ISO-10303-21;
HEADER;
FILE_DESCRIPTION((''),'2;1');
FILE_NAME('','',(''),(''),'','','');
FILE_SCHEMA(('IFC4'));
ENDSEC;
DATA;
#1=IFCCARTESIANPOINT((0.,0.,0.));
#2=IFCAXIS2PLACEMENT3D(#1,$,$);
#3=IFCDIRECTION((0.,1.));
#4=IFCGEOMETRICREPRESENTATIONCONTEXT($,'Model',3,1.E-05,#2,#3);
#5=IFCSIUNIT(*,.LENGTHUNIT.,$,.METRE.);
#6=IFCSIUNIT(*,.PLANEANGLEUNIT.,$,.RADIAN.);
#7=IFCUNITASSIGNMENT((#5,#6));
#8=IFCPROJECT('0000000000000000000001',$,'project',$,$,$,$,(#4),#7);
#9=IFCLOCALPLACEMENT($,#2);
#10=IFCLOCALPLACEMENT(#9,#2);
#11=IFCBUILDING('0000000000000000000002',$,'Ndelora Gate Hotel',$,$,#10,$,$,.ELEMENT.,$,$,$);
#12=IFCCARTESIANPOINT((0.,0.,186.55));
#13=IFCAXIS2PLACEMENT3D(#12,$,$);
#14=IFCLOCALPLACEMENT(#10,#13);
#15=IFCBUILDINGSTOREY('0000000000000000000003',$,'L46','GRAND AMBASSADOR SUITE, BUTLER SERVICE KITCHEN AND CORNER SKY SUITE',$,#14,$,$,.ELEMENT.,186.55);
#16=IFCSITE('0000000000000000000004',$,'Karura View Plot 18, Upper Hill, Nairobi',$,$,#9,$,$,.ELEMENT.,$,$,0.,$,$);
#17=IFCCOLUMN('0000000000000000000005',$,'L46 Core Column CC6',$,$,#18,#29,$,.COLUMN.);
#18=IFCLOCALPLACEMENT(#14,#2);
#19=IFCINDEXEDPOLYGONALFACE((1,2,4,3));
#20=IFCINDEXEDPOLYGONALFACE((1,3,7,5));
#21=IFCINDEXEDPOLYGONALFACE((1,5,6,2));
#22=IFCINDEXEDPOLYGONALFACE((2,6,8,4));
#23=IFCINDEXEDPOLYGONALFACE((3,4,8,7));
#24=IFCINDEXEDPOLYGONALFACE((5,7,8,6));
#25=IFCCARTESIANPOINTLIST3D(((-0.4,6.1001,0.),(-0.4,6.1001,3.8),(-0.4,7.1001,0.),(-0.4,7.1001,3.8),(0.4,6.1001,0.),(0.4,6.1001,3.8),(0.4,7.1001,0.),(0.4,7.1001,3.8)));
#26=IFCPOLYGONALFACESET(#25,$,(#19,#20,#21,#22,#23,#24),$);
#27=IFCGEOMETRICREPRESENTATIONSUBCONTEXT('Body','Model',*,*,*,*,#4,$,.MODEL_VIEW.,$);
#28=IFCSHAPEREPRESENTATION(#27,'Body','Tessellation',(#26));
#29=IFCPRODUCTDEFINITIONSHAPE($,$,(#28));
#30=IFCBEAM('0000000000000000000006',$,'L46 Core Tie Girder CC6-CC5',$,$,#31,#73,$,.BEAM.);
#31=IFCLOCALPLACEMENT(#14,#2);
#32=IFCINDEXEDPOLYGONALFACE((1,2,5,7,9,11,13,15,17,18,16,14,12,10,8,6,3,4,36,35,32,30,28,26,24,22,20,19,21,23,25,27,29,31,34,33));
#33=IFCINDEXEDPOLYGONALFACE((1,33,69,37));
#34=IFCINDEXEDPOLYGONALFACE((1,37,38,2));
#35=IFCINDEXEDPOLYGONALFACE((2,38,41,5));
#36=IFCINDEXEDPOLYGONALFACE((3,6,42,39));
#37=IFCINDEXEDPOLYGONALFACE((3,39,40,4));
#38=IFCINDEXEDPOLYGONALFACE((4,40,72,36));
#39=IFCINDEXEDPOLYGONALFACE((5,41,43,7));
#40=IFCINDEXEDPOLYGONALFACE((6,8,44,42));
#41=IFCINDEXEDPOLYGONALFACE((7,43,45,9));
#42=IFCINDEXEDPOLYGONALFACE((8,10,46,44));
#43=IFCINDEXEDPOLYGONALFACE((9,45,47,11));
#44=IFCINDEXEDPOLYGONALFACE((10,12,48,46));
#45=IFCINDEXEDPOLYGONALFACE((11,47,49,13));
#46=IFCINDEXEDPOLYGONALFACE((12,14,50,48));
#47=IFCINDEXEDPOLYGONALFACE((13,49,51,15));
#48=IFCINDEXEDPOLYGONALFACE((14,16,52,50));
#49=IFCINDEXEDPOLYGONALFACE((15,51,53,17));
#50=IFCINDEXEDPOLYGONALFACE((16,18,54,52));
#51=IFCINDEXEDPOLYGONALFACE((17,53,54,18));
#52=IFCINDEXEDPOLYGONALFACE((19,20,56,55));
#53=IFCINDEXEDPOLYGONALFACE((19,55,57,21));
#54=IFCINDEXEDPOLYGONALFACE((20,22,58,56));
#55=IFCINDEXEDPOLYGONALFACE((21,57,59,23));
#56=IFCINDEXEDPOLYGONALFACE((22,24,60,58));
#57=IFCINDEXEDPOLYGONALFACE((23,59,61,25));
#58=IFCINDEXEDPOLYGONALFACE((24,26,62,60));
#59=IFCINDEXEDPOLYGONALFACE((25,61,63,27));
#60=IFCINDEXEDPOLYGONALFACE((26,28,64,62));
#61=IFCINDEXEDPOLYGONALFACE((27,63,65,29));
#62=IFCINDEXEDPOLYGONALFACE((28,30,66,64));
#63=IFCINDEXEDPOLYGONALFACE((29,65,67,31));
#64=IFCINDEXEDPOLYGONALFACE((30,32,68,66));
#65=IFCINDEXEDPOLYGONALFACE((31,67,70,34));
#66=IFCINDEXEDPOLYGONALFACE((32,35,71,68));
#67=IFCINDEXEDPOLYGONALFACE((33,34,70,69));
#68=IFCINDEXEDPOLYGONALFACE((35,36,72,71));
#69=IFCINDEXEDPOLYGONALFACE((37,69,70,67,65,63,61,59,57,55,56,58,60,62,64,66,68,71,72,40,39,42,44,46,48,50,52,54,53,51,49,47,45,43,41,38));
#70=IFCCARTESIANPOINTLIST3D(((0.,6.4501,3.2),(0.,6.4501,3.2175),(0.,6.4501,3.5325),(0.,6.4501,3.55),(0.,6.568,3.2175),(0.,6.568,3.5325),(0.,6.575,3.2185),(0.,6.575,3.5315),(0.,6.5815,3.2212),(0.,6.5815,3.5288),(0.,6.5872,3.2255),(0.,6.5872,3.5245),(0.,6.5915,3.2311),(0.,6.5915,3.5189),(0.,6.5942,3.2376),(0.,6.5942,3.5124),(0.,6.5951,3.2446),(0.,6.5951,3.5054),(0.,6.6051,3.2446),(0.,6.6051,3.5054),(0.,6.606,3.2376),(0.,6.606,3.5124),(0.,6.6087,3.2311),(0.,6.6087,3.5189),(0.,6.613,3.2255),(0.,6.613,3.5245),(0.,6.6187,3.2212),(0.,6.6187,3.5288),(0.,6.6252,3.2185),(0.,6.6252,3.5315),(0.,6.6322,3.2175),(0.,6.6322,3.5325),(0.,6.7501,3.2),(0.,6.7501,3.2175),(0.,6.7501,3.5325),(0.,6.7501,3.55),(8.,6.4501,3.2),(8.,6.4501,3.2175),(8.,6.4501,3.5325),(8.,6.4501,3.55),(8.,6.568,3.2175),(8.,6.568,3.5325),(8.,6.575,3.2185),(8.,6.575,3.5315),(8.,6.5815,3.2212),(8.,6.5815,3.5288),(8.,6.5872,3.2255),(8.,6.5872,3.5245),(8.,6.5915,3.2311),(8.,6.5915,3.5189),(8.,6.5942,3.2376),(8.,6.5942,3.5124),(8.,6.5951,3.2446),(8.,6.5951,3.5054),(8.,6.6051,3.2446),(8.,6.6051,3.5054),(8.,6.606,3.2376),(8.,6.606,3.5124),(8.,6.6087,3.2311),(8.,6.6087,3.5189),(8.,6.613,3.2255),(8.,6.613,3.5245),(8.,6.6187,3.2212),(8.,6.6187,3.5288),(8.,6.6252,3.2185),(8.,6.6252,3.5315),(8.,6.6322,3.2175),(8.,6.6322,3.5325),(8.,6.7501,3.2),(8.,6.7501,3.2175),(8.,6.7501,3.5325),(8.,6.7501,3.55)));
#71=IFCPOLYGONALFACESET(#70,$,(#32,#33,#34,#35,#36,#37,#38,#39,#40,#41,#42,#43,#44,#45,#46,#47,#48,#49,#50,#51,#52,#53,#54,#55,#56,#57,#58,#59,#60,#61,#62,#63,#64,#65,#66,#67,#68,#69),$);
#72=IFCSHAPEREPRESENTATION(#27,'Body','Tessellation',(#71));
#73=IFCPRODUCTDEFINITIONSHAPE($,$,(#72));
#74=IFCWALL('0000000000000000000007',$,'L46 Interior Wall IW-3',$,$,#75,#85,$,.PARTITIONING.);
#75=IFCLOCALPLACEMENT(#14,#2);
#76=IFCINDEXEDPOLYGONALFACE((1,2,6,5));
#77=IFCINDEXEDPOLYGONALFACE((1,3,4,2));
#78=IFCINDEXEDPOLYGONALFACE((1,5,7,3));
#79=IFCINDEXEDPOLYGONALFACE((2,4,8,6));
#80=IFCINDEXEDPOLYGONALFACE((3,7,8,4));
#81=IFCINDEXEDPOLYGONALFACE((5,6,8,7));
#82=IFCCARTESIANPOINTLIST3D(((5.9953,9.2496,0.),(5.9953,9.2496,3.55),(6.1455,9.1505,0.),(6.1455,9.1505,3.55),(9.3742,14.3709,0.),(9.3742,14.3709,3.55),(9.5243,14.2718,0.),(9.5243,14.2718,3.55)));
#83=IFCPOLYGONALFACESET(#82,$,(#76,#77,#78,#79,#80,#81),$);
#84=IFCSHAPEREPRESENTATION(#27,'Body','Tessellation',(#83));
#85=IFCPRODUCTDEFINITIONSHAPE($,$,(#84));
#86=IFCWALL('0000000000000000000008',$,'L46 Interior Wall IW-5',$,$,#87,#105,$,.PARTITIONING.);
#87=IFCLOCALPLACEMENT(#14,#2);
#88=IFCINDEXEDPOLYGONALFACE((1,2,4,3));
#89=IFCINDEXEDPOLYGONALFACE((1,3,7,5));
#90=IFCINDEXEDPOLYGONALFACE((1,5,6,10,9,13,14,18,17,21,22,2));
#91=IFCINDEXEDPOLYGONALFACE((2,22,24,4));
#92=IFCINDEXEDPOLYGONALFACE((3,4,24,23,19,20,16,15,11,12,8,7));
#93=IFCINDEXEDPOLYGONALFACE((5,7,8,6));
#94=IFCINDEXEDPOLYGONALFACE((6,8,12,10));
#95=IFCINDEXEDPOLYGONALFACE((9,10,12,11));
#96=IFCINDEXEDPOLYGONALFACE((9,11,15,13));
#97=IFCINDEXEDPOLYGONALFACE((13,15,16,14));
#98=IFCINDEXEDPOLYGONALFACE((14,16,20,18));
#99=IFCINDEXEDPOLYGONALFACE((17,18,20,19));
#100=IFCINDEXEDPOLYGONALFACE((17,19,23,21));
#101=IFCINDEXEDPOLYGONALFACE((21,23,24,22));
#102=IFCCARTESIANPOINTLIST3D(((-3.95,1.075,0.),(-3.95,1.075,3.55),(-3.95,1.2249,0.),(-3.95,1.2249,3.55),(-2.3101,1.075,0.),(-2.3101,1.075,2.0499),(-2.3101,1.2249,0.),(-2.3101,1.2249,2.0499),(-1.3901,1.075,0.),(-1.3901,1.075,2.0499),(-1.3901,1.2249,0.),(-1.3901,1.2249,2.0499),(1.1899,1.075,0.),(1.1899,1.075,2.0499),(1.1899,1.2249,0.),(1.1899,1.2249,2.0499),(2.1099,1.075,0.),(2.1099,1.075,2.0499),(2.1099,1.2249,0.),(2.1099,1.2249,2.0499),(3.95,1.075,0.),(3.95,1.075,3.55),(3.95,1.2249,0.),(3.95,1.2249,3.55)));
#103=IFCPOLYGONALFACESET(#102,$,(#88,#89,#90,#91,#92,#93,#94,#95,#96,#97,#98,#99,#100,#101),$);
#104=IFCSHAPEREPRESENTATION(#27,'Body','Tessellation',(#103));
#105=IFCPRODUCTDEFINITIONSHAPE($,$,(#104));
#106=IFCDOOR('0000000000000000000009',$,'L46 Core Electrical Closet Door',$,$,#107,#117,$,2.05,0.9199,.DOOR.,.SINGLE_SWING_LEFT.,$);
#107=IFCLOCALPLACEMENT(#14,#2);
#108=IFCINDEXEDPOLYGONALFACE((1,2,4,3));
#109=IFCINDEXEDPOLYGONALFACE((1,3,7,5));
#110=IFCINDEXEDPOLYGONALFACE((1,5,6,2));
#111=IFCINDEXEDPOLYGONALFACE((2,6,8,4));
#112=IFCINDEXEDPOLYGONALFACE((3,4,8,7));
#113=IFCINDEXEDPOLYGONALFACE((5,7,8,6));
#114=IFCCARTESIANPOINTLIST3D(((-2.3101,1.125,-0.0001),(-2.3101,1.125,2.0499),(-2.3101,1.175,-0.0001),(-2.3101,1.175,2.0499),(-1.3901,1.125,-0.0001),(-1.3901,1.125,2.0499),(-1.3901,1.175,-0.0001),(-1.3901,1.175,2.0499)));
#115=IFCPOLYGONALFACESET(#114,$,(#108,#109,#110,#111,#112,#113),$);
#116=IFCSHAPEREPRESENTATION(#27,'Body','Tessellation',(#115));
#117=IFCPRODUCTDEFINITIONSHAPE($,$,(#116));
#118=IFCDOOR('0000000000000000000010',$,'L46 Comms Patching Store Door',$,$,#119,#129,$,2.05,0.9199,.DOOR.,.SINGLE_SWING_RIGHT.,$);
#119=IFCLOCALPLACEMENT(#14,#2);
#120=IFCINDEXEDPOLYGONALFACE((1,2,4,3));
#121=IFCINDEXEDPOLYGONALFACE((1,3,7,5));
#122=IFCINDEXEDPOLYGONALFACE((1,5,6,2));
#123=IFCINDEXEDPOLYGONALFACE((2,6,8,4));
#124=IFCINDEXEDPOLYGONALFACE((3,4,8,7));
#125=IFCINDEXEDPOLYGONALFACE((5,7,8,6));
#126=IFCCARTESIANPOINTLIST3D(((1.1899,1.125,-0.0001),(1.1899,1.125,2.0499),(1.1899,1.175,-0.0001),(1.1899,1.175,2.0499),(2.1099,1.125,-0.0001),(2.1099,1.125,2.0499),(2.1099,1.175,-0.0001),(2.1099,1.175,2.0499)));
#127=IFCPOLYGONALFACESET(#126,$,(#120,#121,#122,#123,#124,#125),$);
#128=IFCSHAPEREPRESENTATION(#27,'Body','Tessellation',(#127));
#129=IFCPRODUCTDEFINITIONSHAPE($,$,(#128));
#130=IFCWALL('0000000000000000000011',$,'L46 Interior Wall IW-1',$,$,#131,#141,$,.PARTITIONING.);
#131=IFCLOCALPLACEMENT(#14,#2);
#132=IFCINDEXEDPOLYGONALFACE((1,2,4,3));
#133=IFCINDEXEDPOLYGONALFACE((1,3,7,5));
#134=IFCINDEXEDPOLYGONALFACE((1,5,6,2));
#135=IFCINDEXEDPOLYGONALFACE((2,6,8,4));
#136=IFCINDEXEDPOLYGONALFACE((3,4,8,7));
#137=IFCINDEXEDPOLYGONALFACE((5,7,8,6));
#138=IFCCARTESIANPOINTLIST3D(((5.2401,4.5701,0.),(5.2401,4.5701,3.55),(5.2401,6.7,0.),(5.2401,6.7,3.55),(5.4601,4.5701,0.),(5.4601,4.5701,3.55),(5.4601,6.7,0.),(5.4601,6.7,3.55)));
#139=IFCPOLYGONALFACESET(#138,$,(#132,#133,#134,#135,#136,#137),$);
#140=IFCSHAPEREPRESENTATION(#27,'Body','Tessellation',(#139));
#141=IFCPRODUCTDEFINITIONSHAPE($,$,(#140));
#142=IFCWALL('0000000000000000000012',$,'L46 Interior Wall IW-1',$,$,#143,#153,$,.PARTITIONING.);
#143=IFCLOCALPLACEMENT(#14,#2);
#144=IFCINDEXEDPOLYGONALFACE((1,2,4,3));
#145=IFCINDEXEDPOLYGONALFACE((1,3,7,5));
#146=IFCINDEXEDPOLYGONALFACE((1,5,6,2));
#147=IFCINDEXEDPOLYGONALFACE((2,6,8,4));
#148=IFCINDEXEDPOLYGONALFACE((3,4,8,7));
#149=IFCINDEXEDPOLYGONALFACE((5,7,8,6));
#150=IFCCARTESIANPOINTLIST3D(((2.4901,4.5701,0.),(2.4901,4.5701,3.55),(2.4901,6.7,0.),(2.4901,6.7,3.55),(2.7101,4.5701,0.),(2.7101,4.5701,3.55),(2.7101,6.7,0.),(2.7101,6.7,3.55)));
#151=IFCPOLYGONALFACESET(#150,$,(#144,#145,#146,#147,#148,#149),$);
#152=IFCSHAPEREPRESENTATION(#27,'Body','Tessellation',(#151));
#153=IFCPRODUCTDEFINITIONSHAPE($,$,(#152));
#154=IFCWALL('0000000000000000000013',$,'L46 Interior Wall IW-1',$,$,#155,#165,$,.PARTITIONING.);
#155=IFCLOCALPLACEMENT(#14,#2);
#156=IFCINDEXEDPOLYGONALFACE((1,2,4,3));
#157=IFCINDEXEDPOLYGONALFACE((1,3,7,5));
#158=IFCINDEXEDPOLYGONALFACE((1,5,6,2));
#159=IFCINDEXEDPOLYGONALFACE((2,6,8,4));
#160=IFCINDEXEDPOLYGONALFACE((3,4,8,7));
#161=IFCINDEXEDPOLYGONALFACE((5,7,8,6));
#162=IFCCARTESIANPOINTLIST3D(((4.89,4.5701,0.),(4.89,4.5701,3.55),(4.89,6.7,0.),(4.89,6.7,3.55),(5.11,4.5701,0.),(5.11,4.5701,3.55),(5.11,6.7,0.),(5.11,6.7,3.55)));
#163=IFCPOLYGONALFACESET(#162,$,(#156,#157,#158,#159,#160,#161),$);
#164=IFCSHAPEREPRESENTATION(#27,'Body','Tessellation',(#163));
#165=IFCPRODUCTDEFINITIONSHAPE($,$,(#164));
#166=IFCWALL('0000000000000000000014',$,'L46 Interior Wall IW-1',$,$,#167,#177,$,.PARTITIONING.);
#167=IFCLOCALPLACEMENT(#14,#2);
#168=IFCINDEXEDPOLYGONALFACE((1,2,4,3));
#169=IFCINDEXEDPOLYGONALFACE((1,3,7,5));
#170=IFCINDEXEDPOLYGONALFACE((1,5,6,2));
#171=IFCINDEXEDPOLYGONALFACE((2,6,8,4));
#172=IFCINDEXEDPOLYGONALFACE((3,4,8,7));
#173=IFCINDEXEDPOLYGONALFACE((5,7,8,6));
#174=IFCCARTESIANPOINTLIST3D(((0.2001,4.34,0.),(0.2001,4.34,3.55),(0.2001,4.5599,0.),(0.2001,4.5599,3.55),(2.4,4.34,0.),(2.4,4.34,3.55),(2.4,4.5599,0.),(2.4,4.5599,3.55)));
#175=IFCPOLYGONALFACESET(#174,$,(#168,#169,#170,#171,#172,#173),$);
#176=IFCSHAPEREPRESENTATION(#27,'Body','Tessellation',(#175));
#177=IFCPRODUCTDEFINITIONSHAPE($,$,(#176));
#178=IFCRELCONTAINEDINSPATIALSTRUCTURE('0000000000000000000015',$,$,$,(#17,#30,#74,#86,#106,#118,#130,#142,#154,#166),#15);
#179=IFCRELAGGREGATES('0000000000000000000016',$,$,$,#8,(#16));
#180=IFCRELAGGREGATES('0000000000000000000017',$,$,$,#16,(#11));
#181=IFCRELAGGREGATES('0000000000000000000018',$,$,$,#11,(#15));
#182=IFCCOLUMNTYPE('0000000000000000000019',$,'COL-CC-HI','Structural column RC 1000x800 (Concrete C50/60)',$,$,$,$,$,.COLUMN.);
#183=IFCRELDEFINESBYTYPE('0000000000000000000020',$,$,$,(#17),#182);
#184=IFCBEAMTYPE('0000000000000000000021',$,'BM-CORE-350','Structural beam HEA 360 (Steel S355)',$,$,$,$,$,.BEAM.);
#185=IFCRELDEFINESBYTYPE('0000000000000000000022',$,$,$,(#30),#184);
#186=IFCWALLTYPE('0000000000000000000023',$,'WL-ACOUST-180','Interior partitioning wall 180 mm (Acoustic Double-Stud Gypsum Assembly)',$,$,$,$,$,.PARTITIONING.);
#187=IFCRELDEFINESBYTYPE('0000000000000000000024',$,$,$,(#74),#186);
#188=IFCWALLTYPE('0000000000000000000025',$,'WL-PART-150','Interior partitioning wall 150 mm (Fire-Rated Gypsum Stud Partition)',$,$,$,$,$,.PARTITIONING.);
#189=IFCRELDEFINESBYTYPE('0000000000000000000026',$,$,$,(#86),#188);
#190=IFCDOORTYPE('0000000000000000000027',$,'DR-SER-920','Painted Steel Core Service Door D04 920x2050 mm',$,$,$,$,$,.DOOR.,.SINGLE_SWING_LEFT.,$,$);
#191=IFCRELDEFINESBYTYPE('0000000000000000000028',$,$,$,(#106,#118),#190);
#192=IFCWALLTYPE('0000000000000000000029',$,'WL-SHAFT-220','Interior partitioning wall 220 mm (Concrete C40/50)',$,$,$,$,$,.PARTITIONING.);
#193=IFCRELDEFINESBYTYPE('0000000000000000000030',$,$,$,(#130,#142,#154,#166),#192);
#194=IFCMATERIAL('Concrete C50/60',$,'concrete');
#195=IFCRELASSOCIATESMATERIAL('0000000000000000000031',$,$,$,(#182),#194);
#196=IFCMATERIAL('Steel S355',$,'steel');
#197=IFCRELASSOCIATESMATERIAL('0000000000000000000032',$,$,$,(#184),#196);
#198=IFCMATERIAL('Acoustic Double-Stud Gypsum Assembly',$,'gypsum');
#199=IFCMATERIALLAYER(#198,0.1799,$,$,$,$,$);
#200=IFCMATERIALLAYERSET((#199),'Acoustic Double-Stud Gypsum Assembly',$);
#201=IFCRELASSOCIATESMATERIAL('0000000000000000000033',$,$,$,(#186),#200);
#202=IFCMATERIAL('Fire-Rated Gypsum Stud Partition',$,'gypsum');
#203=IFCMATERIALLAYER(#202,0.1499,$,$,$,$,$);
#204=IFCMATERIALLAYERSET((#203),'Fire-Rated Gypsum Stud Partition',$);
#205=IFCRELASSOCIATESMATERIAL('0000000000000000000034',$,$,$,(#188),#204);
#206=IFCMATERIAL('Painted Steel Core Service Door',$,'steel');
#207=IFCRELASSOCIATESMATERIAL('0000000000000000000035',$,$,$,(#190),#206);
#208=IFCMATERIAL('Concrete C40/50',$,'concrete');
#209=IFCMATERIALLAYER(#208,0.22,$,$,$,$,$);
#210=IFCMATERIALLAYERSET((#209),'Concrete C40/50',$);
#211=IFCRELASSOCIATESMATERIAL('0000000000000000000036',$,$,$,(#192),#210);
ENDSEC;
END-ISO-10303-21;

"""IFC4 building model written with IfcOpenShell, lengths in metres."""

from ifc_helpers import new_model, si_unit, direction, frame, frame_2d, origin, origin_2d, place, context, subcontext, project, spatial, rectangle, i_section, extrude, material, layer, layer_set, material_profile, profile_set, type_object, element, fill, save


model = new_model("IFC4")

# Units and contexts
model_context = context("Model", 3, precision=1e-05, world=origin(), true_north=direction((0.0, 1.0)))
body_context = subcontext(model_context, "Body", "Model", "MODEL_VIEW")
ifc_project = project(units=[si_unit("LENGTHUNIT", "METRE"), si_unit("PLANEANGLEUNIT", "RADIAN")], contexts=[model_context])

# Site, building, storey
site_placement = place(None, origin())
site = spatial("IfcSite", under=ifc_project, at=site_placement, Name="Karura View Plot 18, Upper Hill, Nairobi", CompositionType="ELEMENT", RefElevation=0.0)
building_placement = place(site_placement, origin())
building = spatial("IfcBuilding", under=site, at=building_placement, Name="Ndelora Gate Hotel", CompositionType="ELEMENT")
storey_placement = place(building_placement, frame((0.0, 0.0, 186.55)))
storey = spatial("IfcBuildingStorey", under=building, at=storey_placement, Name="L46", Description="GRAND AMBASSADOR SUITE, BUTLER SERVICE KITCHEN AND CORNER SKY SUITE", CompositionType="ELEMENT", Elevation=186.55)

# Column
ifc_material_1 = material(Name="Concrete C50/60", Category="concrete")
ifc_material_profile_1 = material_profile(ifc_material_1, rectangle(XDim=0.8, YDim=1.0, at=origin_2d()), Name="RC 1000x800")
ifc_profile_set_1 = profile_set([ifc_material_profile_1], Name="Concrete C50/60")
column_type = type_object("IfcColumnType", Name="COL-CC-HI", Description="Structural column RC 1000x800 (Concrete C50/60)", PredefinedType="COLUMN", material=ifc_profile_set_1)
column_placement = place(storey_placement, frame((0.0, 6.6001, 0.0), z_axis=(0.0, 0.0, 1.0), x_axis=(1.0, 0.0, 0.0)))
element("IfcColumn", 1, at=column_placement, inside=storey, type_object=column_type, Name="L46 Core Column CC6", PredefinedType="COLUMN", context=body_context, shape_type="SweptSolid", body=[
    extrude(rectangle(XDim=0.8, YDim=1.0, at=origin_2d()), origin(), (0.0, 0.0, 1.0), 3.8),
])

# Beam
ifc_material_2 = material(Name="Steel S355", Category="steel")
ifc_material_profile_2 = material_profile(ifc_material_2, i_section(OverallWidth=0.3, OverallDepth=0.3501, WebThickness=0.01, FlangeThickness=0.0176, FilletRadius=0.0271, at=origin_2d()), Name="HEA 360")
ifc_profile_set_2 = profile_set([ifc_material_profile_2], Name="Steel S355")
beam_type = type_object("IfcBeamType", Name="BM-CORE-350", Description="Structural beam HEA 360 (Steel S355)", PredefinedType="BEAM", material=ifc_profile_set_2)
beam_placement = place(storey_placement, frame((0.0, 6.6001, 3.375), z_axis=(1.0, 0.0, 0.0), x_axis=(0.0, 1.0, 0.0)))
element("IfcBeam", 2, at=beam_placement, inside=storey, type_object=beam_type, Name="L46 Core Tie Girder CC6-CC5", PredefinedType="BEAM", context=body_context, shape_type="SweptSolid", body=[
    extrude(i_section(OverallWidth=0.3, OverallDepth=0.3501, WebThickness=0.01, FlangeThickness=0.0176, FilletRadius=0.0271, at=origin_2d()), origin(), (0.0, 0.0, 1.0), 8.0),
])

# Wall
ifc_material_3 = material(Name="Acoustic Double-Stud Gypsum Assembly", Category="gypsum")
ifc_layer_1 = layer(ifc_material_3, 0.1799)
ifc_layer_set_1 = layer_set([ifc_layer_1], Name="Acoustic Double-Stud Gypsum Assembly")
wall_type_1 = type_object("IfcWallType", Name="WL-ACOUST-180", Description="Interior partitioning wall 180 mm (Acoustic Double-Stud Gypsum Assembly)", PredefinedType="PARTITIONING", material=ifc_layer_set_1)
wall_1_placement = place(storey_placement, frame((6.0703, 9.2, 0.0), z_axis=(0.0, 0.0, 1.0), x_axis=(0.550709, 0.834698, 0.0)))
element("IfcWall", 3, at=wall_1_placement, inside=storey, type_object=wall_type_1, Name="L46 Interior Wall IW-3", PredefinedType="PARTITIONING", context=body_context, shape_type="SweptSolid", body=[
    extrude(rectangle(XDim=6.1355, YDim=0.1799, at=frame_2d((3.0679, 0.0))), origin(), (0.0, 0.0, 1.0), 3.55),
])

# Shared definitions
ifc_material_4 = material(Name="Concrete C40/50", Category="concrete")

# Wall, openings, doors
ifc_material_5 = material(Name="Fire-Rated Gypsum Stud Partition", Category="gypsum")
ifc_layer_2 = layer(ifc_material_5, 0.1499)
ifc_layer_set_2 = layer_set([ifc_layer_2], Name="Fire-Rated Gypsum Stud Partition")
wall_type_2 = type_object("IfcWallType", Name="WL-PART-150", Description="Interior partitioning wall 150 mm (Fire-Rated Gypsum Stud Partition)", PredefinedType="PARTITIONING", material=ifc_layer_set_2)
wall_2_placement = place(storey_placement, frame((3.95, 1.1499, 0.0), z_axis=(0.0, 0.0, 1.0), x_axis=(-1.0, 0.0, 0.0)))
wall_2 = element("IfcWall", 4, at=wall_2_placement, inside=storey, type_object=wall_type_2, Name="L46 Interior Wall IW-5", PredefinedType="PARTITIONING", context=body_context, shape_type="SweptSolid", body=[
    extrude(rectangle(XDim=7.8999, YDim=0.1499, at=frame_2d((3.95, 0.0))), origin(), (0.0, 0.0, 1.0), 3.55),
])
opening_1_placement = place(wall_2_placement, frame((5.3401, 0.0, 0.0)))
opening_1 = element("IfcOpeningElement", 5, at=opening_1_placement, cuts=wall_2, PredefinedType="OPENING", context=body_context, shape_type="SweptSolid", body=[
    extrude(rectangle(XDim=0.9199, YDim=2.05, at=frame_2d((0.46, 1.0249))), frame((0.0, 0.085, 0.0), z_axis=(0.0, -1.0, 0.0), x_axis=(1.0, 0.0, 0.0)), (0.0, 0.0, 1.0), 0.1699),
])
opening_2_placement = place(wall_2_placement, frame((1.8401, 0.0, 0.0)))
opening_2 = element("IfcOpeningElement", 6, at=opening_2_placement, cuts=wall_2, PredefinedType="OPENING", context=body_context, shape_type="SweptSolid", body=[
    extrude(rectangle(XDim=0.9199, YDim=2.05, at=frame_2d((0.46, 1.0249))), frame((0.0, 0.085, 0.0), z_axis=(0.0, -1.0, 0.0), x_axis=(1.0, 0.0, 0.0)), (0.0, 0.0, 1.0), 0.1699),
])
ifc_material_6 = material(Name="Painted Steel Core Service Door", Category="steel")
door_type_1 = type_object("IfcDoorType", Name="DR-SER-920", Description="Painted Steel Core Service Door D04 920x2050 mm", OperationType="SINGLE_SWING_LEFT", PredefinedType="DOOR", material=ifc_material_6)
door_1_placement = place(opening_1_placement, origin())
door_1 = element("IfcDoor", 7, at=door_1_placement, inside=storey, type_object=door_type_1, Name="L46 Core Electrical Closet Door", OperationType="SINGLE_SWING_LEFT", OverallHeight=2.05, OverallWidth=0.9199, PredefinedType="DOOR", context=body_context, shape_type="SweptSolid", body=[
    extrude(rectangle(XDim=0.9199, YDim=2.05, at=frame_2d((0.46, 1.0249))), frame((0.0, 0.0249, 0.0), z_axis=(0.0, -1.0, 0.0), x_axis=(1.0, 0.0, 0.0)), (0.0, 0.0, 1.0), 0.05),
])
fill(opening_1, door_1)
door_2_placement = place(opening_2_placement, origin())
door_2 = element("IfcDoor", 8, at=door_2_placement, inside=storey, type_object=door_type_1, Name="L46 Comms Patching Store Door", OperationType="SINGLE_SWING_RIGHT", OverallHeight=2.05, OverallWidth=0.9199, PredefinedType="DOOR", context=body_context, shape_type="SweptSolid", body=[
    extrude(rectangle(XDim=0.9199, YDim=2.05, at=frame_2d((0.46, 1.0249))), frame((0.0, 0.0249, 0.0), z_axis=(0.0, -1.0, 0.0), x_axis=(1.0, 0.0, 0.0)), (0.0, 0.0, 1.0), 0.05),
])
fill(opening_2, door_2)

# Shared definitions
ifc_layer_3 = layer(ifc_material_4, 0.22)
ifc_layer_set_3 = layer_set([ifc_layer_3], Name="Concrete C40/50")
wall_type_3 = type_object("IfcWallType", Name="WL-SHAFT-220", Description="Interior partitioning wall 220 mm (Concrete C40/50)", PredefinedType="PARTITIONING", material=ifc_layer_set_3)

# Wall
wall_3_placement = place(storey_placement, frame((5.3501, 4.5701, 0.0), z_axis=(0.0, 0.0, 1.0), x_axis=(0.0, 1.0, 0.0)))
element("IfcWall", 9, at=wall_3_placement, inside=storey, type_object=wall_type_3, Name="L46 Interior Wall IW-1", PredefinedType="PARTITIONING", context=body_context, shape_type="SweptSolid", body=[
    extrude(rectangle(XDim=2.1299, YDim=0.22, at=frame_2d((1.0649, 0.0))), origin(), (0.0, 0.0, 1.0), 3.55),
])

# Walls
for number, where, z_axis, x_axis, name in (
    (10, (2.6001, 4.5701, 0.0), (0.0, 0.0, 1.0), (0.0, 1.0, 0.0), "L46 Interior Wall IW-1"),
    (11, (5.0, 4.5701, 0.0), (0.0, 0.0, 1.0), (0.0, 1.0, 0.0), "L46 Interior Wall IW-1"),
):
    element("IfcWall", number, at=place(storey_placement, frame(where, z_axis=z_axis, x_axis=x_axis)), inside=storey, type_object=wall_type_3, Name=name, PredefinedType="PARTITIONING", context=body_context, shape_type="SweptSolid", body=[
        extrude(rectangle(XDim=2.1299, YDim=0.22, at=frame_2d((1.0649, 0.0))), origin(), (0.0, 0.0, 1.0), 3.55),
    ])
wall_4_placement = place(storey_placement, frame((0.2, 4.45, 0.0), z_axis=(0.0, 0.0, 1.0), x_axis=(1.0, 0.0, 0.0)))
element("IfcWall", 12, at=wall_4_placement, inside=storey, type_object=wall_type_3, Name="L46 Interior Wall IW-1", PredefinedType="PARTITIONING", context=body_context, shape_type="SweptSolid", body=[
    extrude(rectangle(XDim=2.2, YDim=0.22, at=frame_2d((1.1001, 0.0))), origin(), (0.0, 0.0, 1.0), 3.55),
])

save(model, "model.ifc")
